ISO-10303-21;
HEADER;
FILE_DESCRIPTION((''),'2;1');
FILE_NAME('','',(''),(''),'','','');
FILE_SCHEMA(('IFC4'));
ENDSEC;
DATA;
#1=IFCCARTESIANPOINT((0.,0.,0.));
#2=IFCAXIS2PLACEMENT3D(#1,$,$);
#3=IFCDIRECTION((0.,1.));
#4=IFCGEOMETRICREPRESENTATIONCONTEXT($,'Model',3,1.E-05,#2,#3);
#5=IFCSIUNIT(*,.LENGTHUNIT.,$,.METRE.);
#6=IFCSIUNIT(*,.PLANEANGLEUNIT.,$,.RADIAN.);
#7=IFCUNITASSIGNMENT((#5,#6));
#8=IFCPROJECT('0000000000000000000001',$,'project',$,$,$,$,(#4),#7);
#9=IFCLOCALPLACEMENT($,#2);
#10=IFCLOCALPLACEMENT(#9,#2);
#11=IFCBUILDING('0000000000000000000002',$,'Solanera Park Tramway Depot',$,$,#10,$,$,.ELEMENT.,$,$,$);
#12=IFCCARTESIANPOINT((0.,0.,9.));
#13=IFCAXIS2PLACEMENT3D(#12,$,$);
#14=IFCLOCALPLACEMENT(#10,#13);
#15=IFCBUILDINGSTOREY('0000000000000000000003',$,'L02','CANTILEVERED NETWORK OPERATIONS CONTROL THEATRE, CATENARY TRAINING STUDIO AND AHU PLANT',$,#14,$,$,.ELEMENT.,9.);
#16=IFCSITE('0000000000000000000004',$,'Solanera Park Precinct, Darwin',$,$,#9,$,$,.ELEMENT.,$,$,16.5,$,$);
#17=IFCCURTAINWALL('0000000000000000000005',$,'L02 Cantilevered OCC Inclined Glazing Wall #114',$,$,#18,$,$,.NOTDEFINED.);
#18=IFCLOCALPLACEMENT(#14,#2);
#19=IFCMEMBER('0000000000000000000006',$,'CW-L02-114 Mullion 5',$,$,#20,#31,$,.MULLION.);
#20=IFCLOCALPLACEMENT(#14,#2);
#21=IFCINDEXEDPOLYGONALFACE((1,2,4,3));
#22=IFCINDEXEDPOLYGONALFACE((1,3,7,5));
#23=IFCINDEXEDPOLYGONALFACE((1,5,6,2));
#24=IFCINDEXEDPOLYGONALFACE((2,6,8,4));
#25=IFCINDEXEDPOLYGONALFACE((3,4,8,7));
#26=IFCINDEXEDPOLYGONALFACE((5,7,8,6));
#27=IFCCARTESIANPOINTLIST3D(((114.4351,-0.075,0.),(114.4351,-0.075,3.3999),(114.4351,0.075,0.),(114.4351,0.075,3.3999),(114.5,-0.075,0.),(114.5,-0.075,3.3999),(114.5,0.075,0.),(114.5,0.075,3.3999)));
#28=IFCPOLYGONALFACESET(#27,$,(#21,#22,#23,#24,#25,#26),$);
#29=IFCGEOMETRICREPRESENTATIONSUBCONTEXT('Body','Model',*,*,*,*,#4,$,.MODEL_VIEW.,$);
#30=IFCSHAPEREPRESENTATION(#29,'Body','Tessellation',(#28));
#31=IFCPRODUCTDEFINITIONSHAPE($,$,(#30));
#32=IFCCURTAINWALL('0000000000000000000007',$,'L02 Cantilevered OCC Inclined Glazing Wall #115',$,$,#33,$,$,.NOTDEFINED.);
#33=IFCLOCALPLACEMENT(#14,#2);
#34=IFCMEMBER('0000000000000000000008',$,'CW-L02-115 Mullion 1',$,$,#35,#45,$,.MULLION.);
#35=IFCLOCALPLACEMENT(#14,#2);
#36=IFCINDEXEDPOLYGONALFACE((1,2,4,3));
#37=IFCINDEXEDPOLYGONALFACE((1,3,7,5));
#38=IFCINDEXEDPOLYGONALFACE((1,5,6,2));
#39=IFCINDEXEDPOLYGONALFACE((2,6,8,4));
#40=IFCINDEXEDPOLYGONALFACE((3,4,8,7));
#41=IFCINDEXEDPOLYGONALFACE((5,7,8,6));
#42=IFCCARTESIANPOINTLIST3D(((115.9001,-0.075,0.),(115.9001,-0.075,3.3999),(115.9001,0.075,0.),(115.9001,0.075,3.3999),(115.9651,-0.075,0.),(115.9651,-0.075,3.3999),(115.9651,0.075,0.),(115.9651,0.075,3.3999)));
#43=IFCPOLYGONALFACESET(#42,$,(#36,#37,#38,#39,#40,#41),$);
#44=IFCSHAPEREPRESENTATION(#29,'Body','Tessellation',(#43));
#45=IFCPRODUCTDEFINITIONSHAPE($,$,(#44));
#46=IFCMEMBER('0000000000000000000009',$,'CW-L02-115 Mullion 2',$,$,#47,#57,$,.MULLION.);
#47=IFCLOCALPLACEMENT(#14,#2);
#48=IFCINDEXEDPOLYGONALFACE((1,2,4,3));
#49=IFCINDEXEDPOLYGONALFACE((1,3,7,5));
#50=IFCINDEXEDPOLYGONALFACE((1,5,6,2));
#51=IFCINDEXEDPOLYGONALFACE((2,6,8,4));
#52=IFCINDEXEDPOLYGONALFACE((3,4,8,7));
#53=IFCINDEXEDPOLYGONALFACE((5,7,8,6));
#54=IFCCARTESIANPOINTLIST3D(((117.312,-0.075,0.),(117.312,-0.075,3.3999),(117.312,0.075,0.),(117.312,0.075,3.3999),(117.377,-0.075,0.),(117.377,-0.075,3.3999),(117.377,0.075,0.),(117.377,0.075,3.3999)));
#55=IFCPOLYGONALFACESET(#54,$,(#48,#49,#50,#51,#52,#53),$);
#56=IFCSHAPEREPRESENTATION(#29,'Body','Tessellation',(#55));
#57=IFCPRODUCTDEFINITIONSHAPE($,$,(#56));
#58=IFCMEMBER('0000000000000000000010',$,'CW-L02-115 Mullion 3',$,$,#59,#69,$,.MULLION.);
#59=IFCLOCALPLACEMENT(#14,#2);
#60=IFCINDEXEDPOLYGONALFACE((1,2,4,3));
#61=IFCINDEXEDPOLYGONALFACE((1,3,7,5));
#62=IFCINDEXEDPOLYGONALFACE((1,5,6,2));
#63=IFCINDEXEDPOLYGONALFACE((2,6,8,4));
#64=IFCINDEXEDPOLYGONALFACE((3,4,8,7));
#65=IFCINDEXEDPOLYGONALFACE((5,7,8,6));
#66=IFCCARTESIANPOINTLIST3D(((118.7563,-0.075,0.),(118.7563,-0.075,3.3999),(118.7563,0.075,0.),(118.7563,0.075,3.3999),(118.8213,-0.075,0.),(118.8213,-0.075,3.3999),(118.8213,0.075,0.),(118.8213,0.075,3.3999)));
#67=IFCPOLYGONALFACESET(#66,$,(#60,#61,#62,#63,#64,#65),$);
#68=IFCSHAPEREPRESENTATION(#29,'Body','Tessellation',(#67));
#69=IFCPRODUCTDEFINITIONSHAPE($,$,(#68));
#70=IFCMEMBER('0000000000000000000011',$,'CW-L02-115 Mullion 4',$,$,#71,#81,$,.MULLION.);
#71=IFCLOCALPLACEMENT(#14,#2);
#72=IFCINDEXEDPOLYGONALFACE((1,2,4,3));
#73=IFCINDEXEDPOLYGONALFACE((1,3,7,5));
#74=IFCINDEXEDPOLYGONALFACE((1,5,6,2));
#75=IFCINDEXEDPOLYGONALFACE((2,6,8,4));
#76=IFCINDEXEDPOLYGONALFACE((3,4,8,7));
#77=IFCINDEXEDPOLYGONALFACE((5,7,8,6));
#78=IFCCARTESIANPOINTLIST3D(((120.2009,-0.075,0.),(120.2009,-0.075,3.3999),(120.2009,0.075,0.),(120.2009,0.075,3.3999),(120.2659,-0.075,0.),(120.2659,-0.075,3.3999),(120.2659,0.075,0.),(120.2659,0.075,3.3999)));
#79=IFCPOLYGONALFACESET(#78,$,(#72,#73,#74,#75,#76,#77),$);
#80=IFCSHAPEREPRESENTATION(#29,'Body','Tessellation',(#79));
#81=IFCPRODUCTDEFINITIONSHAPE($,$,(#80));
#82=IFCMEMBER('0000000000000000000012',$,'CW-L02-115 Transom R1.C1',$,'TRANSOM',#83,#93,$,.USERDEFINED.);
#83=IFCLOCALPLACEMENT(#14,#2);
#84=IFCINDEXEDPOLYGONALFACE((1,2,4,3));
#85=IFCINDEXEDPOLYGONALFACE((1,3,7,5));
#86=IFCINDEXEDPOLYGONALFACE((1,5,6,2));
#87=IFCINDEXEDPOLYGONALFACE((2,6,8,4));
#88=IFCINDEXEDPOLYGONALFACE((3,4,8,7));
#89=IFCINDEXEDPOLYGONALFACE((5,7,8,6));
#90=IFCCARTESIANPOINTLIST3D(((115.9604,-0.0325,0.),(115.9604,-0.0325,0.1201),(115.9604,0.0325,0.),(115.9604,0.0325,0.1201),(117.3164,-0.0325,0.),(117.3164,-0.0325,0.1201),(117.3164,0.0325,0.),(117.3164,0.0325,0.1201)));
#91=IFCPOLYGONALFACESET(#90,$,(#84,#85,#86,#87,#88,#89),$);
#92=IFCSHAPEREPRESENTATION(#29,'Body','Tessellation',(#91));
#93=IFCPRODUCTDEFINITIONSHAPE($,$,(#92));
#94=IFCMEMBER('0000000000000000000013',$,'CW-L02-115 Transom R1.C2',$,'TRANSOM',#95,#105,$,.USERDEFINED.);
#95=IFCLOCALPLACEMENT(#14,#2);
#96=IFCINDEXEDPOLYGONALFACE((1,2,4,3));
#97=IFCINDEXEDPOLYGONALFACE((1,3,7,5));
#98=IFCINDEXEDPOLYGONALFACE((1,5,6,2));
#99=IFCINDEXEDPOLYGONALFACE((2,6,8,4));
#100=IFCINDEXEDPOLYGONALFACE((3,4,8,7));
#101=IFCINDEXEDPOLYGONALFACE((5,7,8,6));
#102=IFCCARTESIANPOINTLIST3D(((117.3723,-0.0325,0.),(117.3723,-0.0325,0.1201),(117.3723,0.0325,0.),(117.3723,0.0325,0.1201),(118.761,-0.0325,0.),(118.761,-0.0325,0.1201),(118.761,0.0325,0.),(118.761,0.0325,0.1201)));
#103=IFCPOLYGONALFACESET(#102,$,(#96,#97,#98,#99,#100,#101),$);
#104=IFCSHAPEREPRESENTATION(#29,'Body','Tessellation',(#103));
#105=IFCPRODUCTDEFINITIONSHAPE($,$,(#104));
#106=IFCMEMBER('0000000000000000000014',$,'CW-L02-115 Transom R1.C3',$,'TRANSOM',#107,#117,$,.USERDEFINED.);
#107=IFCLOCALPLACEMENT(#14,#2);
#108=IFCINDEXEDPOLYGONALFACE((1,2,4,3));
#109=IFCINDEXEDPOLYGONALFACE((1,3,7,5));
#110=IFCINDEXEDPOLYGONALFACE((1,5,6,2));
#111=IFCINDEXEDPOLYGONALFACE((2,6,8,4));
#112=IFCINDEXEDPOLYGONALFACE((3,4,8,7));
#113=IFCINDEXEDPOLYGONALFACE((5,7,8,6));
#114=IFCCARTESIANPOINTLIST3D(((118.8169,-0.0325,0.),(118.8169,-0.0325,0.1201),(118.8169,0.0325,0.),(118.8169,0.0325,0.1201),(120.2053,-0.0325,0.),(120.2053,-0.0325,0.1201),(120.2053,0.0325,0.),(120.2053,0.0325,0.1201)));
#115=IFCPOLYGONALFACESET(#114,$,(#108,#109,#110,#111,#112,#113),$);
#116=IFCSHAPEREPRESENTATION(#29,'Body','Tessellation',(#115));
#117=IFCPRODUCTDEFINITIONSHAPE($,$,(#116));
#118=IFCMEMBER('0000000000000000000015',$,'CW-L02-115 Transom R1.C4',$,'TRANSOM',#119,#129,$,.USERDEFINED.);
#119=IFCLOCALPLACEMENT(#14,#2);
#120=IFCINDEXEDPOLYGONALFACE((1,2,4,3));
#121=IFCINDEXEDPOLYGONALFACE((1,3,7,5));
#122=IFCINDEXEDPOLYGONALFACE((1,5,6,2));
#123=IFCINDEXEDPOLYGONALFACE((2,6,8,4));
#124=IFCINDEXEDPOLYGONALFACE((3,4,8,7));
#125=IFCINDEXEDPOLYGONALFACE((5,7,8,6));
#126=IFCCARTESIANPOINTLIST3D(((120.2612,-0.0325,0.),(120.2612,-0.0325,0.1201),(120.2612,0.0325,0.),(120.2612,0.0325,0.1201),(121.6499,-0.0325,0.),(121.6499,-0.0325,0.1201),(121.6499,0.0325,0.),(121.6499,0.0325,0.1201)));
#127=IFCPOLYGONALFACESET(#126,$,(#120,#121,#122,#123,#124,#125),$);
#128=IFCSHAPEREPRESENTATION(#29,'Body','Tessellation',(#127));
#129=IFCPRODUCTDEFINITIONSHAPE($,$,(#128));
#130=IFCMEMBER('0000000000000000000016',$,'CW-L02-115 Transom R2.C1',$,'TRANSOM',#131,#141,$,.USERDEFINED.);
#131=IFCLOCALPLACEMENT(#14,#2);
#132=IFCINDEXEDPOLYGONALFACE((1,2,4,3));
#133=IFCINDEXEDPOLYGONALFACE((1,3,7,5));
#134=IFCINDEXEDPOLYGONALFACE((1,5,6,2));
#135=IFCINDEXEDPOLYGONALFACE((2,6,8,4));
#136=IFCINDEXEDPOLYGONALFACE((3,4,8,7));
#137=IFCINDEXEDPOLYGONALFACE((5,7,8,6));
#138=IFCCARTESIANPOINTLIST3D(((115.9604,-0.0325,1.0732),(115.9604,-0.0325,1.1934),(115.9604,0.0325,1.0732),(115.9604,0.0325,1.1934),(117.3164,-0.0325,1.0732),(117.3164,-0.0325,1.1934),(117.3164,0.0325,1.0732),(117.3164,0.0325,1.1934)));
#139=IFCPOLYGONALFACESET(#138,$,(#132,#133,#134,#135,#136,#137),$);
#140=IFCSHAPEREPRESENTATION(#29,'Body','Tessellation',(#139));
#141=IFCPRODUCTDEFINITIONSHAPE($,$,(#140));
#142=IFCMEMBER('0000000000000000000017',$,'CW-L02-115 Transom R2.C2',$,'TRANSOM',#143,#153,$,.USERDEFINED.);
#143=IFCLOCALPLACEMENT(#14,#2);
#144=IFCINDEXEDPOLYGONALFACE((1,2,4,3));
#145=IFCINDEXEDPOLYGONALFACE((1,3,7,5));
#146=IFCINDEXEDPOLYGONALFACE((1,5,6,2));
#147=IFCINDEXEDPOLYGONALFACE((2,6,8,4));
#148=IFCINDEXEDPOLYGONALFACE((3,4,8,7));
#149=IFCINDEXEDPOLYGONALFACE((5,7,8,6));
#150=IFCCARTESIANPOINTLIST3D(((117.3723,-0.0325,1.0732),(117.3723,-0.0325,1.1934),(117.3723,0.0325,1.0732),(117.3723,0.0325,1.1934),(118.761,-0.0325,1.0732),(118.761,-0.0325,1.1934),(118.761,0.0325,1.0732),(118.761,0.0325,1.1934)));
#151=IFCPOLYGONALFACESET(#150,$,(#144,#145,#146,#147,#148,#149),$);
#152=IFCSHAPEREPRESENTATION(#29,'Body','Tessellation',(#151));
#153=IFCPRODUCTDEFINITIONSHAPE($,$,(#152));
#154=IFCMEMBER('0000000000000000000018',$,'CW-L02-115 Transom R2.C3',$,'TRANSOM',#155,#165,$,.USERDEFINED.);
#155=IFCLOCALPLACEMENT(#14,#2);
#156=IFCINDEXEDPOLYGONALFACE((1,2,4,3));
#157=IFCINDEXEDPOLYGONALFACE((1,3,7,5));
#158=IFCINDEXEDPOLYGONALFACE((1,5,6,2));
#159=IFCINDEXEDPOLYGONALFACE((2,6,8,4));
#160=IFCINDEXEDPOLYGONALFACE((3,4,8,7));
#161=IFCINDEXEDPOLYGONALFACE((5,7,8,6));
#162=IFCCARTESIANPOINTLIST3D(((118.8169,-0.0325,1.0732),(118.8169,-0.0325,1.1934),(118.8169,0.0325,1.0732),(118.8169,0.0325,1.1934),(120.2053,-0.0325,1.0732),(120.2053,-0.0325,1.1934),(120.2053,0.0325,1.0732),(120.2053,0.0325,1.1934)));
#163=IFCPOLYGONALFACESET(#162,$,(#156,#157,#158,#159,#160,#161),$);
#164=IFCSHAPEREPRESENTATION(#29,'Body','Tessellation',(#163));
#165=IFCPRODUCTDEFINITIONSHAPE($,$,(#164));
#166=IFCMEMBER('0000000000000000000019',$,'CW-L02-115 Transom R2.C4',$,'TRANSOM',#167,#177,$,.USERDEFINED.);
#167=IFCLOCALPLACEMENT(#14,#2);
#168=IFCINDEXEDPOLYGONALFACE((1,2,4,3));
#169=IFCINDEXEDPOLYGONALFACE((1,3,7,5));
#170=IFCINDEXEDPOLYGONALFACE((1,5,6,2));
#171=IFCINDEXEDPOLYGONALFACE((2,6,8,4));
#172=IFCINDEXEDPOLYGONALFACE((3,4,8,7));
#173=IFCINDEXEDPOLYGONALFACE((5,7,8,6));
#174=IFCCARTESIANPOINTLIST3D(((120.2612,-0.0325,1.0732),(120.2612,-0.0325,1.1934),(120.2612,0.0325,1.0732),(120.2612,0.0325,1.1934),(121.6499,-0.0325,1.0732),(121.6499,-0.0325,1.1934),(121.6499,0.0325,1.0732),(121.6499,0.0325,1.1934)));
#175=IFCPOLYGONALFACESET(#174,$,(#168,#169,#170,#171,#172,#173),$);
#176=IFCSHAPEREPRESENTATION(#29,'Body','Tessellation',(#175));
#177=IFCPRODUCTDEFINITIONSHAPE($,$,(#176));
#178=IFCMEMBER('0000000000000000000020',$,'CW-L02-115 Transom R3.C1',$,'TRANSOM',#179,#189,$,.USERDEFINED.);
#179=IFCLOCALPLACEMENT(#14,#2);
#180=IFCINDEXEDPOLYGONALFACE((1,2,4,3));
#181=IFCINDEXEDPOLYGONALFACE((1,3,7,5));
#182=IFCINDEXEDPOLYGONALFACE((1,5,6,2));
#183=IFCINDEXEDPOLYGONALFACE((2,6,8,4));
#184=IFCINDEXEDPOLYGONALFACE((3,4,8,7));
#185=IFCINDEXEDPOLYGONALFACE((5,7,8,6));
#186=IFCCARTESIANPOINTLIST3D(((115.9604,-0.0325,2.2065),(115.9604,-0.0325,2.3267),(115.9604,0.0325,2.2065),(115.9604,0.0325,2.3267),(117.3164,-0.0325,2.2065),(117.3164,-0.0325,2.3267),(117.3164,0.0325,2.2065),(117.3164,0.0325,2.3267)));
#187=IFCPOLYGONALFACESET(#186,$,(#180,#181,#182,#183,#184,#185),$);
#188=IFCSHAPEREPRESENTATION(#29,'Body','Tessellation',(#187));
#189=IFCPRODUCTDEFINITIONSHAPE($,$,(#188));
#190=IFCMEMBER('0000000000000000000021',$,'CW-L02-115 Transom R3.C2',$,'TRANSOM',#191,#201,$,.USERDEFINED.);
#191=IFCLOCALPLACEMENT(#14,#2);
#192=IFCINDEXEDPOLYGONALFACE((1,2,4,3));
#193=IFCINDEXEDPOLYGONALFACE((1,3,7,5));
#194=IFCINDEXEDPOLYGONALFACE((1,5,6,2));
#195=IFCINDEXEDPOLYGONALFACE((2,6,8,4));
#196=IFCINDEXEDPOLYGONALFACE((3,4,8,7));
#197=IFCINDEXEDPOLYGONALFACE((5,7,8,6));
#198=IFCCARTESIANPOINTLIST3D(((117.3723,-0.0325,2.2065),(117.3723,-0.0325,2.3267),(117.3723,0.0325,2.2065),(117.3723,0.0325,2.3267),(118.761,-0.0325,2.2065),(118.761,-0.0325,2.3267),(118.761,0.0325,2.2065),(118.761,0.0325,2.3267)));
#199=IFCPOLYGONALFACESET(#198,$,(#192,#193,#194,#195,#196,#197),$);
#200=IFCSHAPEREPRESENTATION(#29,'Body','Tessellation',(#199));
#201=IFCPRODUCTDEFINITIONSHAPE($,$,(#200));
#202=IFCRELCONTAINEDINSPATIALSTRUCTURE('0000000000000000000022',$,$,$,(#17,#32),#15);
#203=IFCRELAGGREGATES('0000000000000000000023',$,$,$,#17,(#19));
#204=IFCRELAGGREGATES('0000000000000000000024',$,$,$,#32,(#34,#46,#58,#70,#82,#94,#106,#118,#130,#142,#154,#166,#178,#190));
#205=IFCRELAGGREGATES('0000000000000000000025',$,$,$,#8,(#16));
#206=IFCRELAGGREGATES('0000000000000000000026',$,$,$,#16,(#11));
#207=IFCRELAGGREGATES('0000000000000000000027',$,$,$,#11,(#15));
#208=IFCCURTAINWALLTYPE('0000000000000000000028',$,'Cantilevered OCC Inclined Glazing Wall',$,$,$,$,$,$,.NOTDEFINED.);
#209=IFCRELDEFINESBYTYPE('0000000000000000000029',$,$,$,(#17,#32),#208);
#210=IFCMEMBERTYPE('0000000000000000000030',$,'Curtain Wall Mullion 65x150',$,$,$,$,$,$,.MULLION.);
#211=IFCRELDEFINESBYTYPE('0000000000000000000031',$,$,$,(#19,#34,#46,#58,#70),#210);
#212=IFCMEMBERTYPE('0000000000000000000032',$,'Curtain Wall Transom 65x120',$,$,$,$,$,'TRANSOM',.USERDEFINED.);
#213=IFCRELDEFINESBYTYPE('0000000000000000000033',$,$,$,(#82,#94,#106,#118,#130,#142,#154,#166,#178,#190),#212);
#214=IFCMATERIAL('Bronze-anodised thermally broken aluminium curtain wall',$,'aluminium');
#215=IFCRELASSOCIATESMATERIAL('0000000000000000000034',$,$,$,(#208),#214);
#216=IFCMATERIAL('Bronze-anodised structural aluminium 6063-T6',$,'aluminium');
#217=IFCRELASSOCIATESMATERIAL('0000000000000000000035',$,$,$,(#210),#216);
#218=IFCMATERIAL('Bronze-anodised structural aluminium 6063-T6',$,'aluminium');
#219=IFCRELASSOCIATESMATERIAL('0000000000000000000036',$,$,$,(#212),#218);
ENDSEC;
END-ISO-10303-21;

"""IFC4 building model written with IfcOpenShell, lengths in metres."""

from ifc_helpers import new_model, si_unit, direction, frame, origin, origin_2d, place, context, subcontext, project, spatial, rectangle, extrude, material, material_profile, profile_set, type_object, element, aggregate, save


model = new_model("IFC4")

# Units and contexts
model_context = context("Model", 3, precision=1e-05, world=origin(), true_north=direction((0.0, 1.0)))
body_context = subcontext(model_context, "Body", "Model", "MODEL_VIEW")
ifc_project = project(units=[si_unit("LENGTHUNIT", "METRE"), si_unit("PLANEANGLEUNIT", "RADIAN")], contexts=[model_context])

# Site, building, storey
site_placement = place(None, origin())
site = spatial("IfcSite", under=ifc_project, at=site_placement, Name="Solanera Park Precinct, Darwin", CompositionType="ELEMENT", RefElevation=16.5)
building_placement = place(site_placement, origin())
building = spatial("IfcBuilding", under=site, at=building_placement, Name="Solanera Park Tramway Depot", CompositionType="ELEMENT")
storey_placement = place(building_placement, frame((0.0, 0.0, 9.0)))
storey = spatial("IfcBuildingStorey", under=building, at=storey_placement, Name="L02", Description="CANTILEVERED NETWORK OPERATIONS CONTROL THEATRE, CATENARY TRAINING STUDIO AND AHU PLANT", CompositionType="ELEMENT", Elevation=9.0)

# Curtain wall, member
ifc_material_1 = material(Name="Bronze-anodised thermally broken aluminium curtain wall", Category="aluminium")
curtain_wall_type = type_object("IfcCurtainWallType", Name="Cantilevered OCC Inclined Glazing Wall", PredefinedType="NOTDEFINED", material=ifc_material_1)
curtain_wall_1_placement = place(storey_placement, origin())
curtain_wall_1 = element("IfcCurtainWall", 1, at=curtain_wall_1_placement, inside=storey, type_object=curtain_wall_type, Name="L02 Cantilevered OCC Inclined Glazing Wall #114", PredefinedType="NOTDEFINED")
ifc_material_2 = material(Name="Bronze-anodised structural aluminium 6063-T6", Category="aluminium")
ifc_material_profile_1 = material_profile(ifc_material_2, rectangle(XDim=0.0649, YDim=0.1499, at=origin_2d()), Name="Curtain Wall Mullion 65x150")
ifc_profile_set_1 = profile_set([ifc_material_profile_1], Name="Bronze-anodised structural aluminium 6063-T6")
member_type_1 = type_object("IfcMemberType", Name="Curtain Wall Mullion 65x150", PredefinedType="MULLION", material=ifc_profile_set_1)
member_1_placement = place(storey_placement, frame((114.4675, 0.0, 0.0), z_axis=(0.0, 0.0, 1.0), x_axis=(1.0, 0.0, 0.0)))
member_1 = element("IfcMember", 2, at=member_1_placement, type_object=member_type_1, Name="CW-L02-114 Mullion 5", PredefinedType="MULLION", context=body_context, shape_type="SweptSolid", body=[
    extrude(rectangle(XDim=0.0649, YDim=0.1499, at=origin_2d()), origin(), (0.0, 0.0, 1.0), 3.3999),
])

# Curtain wall, members
curtain_wall_2_placement = place(storey_placement, origin())
curtain_wall_2 = element("IfcCurtainWall", 3, at=curtain_wall_2_placement, inside=storey, type_object=curtain_wall_type, Name="L02 Cantilevered OCC Inclined Glazing Wall #115", PredefinedType="NOTDEFINED")
member_2_placement = place(storey_placement, frame((115.9326, 0.0, 0.0), z_axis=(0.0, 0.0, 1.0), x_axis=(1.0, 0.0, 0.0)))
member_2 = element("IfcMember", 4, at=member_2_placement, type_object=member_type_1, Name="CW-L02-115 Mullion 1", PredefinedType="MULLION", context=body_context, shape_type="SweptSolid", body=[
    extrude(rectangle(XDim=0.0649, YDim=0.1499, at=origin_2d()), origin(), (0.0, 0.0, 1.0), 3.3999),
])
member_3_placement = place(storey_placement, frame((117.3445, 0.0, 0.0), z_axis=(0.0, 0.0, 1.0), x_axis=(1.0, 0.0, 0.0)))
member_3 = element("IfcMember", 5, at=member_3_placement, type_object=member_type_1, Name="CW-L02-115 Mullion 2", PredefinedType="MULLION", context=body_context, shape_type="SweptSolid", body=[
    extrude(rectangle(XDim=0.0649, YDim=0.1499, at=origin_2d()), origin(), (0.0, 0.0, 1.0), 3.3999),
])
member_4_placement = place(storey_placement, frame((118.7888, 0.0, 0.0), z_axis=(0.0, 0.0, 1.0), x_axis=(1.0, 0.0, 0.0)))
member_4 = element("IfcMember", 6, at=member_4_placement, type_object=member_type_1, Name="CW-L02-115 Mullion 3", PredefinedType="MULLION", context=body_context, shape_type="SweptSolid", body=[
    extrude(rectangle(XDim=0.0649, YDim=0.1499, at=origin_2d()), origin(), (0.0, 0.0, 1.0), 3.3999),
])
member_5_placement = place(storey_placement, frame((120.2334, 0.0, 0.0), z_axis=(0.0, 0.0, 1.0), x_axis=(1.0, 0.0, 0.0)))
member_5 = element("IfcMember", 7, at=member_5_placement, type_object=member_type_1, Name="CW-L02-115 Mullion 4", PredefinedType="MULLION", context=body_context, shape_type="SweptSolid", body=[
    extrude(rectangle(XDim=0.0649, YDim=0.1499, at=origin_2d()), origin(), (0.0, 0.0, 1.0), 3.3999),
])
ifc_material_3 = material(Name="Bronze-anodised structural aluminium 6063-T6", Category="aluminium")
ifc_material_profile_2 = material_profile(ifc_material_3, rectangle(XDim=0.0649, YDim=0.1201, at=origin_2d()), Name="Curtain Wall Transom 65x120")
ifc_profile_set_2 = profile_set([ifc_material_profile_2], Name="Bronze-anodised structural aluminium 6063-T6")
member_type_2 = type_object("IfcMemberType", Name="Curtain Wall Transom 65x120", ElementType="TRANSOM", PredefinedType="USERDEFINED", material=ifc_profile_set_2)
member_6_placement = place(storey_placement, frame((115.9604, 0.0, 0.0601), z_axis=(1.0, 0.0, 0.0), x_axis=(0.0, 1.0, 0.0)))
member_6 = element("IfcMember", 8, at=member_6_placement, type_object=member_type_2, Name="CW-L02-115 Transom R1.C1", ObjectType="TRANSOM", PredefinedType="USERDEFINED", context=body_context, shape_type="SweptSolid", body=[
    extrude(rectangle(XDim=0.0649, YDim=0.1201, at=origin_2d()), origin(), (0.0, 0.0, 1.0), 1.356),
])
member_7_placement = place(storey_placement, frame((117.3723, 0.0, 0.0601), z_axis=(1.0, 0.0, 0.0), x_axis=(0.0, 1.0, 0.0)))
member_7 = element("IfcMember", 9, at=member_7_placement, type_object=member_type_2, Name="CW-L02-115 Transom R1.C2", ObjectType="TRANSOM", PredefinedType="USERDEFINED", context=body_context, shape_type="SweptSolid", body=[
    extrude(rectangle(XDim=0.0649, YDim=0.1201, at=origin_2d()), origin(), (0.0, 0.0, 1.0), 1.3887),
])
member_8_placement = place(storey_placement, frame((118.8169, 0.0, 0.0601), z_axis=(1.0, 0.0, 0.0), x_axis=(0.0, 1.0, 0.0)))
member_8 = element("IfcMember", 10, at=member_8_placement, type_object=member_type_2, Name="CW-L02-115 Transom R1.C3", ObjectType="TRANSOM", PredefinedType="USERDEFINED", context=body_context, shape_type="SweptSolid", body=[
    extrude(rectangle(XDim=0.0649, YDim=0.1201, at=origin_2d()), origin(), (0.0, 0.0, 1.0), 1.3884),
])
member_9_placement = place(storey_placement, frame((120.2612, 0.0, 0.0601), z_axis=(1.0, 0.0, 0.0), x_axis=(0.0, 1.0, 0.0)))
member_9 = element("IfcMember", 11, at=member_9_placement, type_object=member_type_2, Name="CW-L02-115 Transom R1.C4", ObjectType="TRANSOM", PredefinedType="USERDEFINED", context=body_context, shape_type="SweptSolid", body=[
    extrude(rectangle(XDim=0.0649, YDim=0.1201, at=origin_2d()), origin(), (0.0, 0.0, 1.0), 1.3887),
])
member_10_placement = place(storey_placement, frame((115.9604, 0.0, 1.1333), z_axis=(1.0, 0.0, 0.0), x_axis=(0.0, 1.0, 0.0)))
member_10 = element("IfcMember", 12, at=member_10_placement, type_object=member_type_2, Name="CW-L02-115 Transom R2.C1", ObjectType="TRANSOM", PredefinedType="USERDEFINED", context=body_context, shape_type="SweptSolid", body=[
    extrude(rectangle(XDim=0.0649, YDim=0.1201, at=origin_2d()), origin(), (0.0, 0.0, 1.0), 1.356),
])
member_11_placement = place(storey_placement, frame((117.3723, 0.0, 1.1333), z_axis=(1.0, 0.0, 0.0), x_axis=(0.0, 1.0, 0.0)))
member_11 = element("IfcMember", 13, at=member_11_placement, type_object=member_type_2, Name="CW-L02-115 Transom R2.C2", ObjectType="TRANSOM", PredefinedType="USERDEFINED", context=body_context, shape_type="SweptSolid", body=[
    extrude(rectangle(XDim=0.0649, YDim=0.1201, at=origin_2d()), origin(), (0.0, 0.0, 1.0), 1.3887),
])
member_12_placement = place(storey_placement, frame((118.8169, 0.0, 1.1333), z_axis=(1.0, 0.0, 0.0), x_axis=(0.0, 1.0, 0.0)))
member_12 = element("IfcMember", 14, at=member_12_placement, type_object=member_type_2, Name="CW-L02-115 Transom R2.C3", ObjectType="TRANSOM", PredefinedType="USERDEFINED", context=body_context, shape_type="SweptSolid", body=[
    extrude(rectangle(XDim=0.0649, YDim=0.1201, at=origin_2d()), origin(), (0.0, 0.0, 1.0), 1.3884),
])
member_13_placement = place(storey_placement, frame((120.2612, 0.0, 1.1333), z_axis=(1.0, 0.0, 0.0), x_axis=(0.0, 1.0, 0.0)))
member_13 = element("IfcMember", 15, at=member_13_placement, type_object=member_type_2, Name="CW-L02-115 Transom R2.C4", ObjectType="TRANSOM", PredefinedType="USERDEFINED", context=body_context, shape_type="SweptSolid", body=[
    extrude(rectangle(XDim=0.0649, YDim=0.1201, at=origin_2d()), origin(), (0.0, 0.0, 1.0), 1.3887),
])
member_14_placement = place(storey_placement, frame((115.9604, 0.0, 2.2666), z_axis=(1.0, 0.0, 0.0), x_axis=(0.0, 1.0, 0.0)))
member_14 = element("IfcMember", 16, at=member_14_placement, type_object=member_type_2, Name="CW-L02-115 Transom R3.C1", ObjectType="TRANSOM", PredefinedType="USERDEFINED", context=body_context, shape_type="SweptSolid", body=[
    extrude(rectangle(XDim=0.0649, YDim=0.1201, at=origin_2d()), origin(), (0.0, 0.0, 1.0), 1.356),
])
member_15_placement = place(storey_placement, frame((117.3723, 0.0, 2.2666), z_axis=(1.0, 0.0, 0.0), x_axis=(0.0, 1.0, 0.0)))
member_15 = element("IfcMember", 17, at=member_15_placement, type_object=member_type_2, Name="CW-L02-115 Transom R3.C2", ObjectType="TRANSOM", PredefinedType="USERDEFINED", context=body_context, shape_type="SweptSolid", body=[
    extrude(rectangle(XDim=0.0649, YDim=0.1201, at=origin_2d()), origin(), (0.0, 0.0, 1.0), 1.3887),
])

aggregate(curtain_wall_1, [member_1])
aggregate(curtain_wall_2, [member_2, member_3, member_4, member_5, member_6, member_7, member_8, member_9, member_10, member_11, member_12, member_13, member_14, member_15])

save(model, "model.ifc")
